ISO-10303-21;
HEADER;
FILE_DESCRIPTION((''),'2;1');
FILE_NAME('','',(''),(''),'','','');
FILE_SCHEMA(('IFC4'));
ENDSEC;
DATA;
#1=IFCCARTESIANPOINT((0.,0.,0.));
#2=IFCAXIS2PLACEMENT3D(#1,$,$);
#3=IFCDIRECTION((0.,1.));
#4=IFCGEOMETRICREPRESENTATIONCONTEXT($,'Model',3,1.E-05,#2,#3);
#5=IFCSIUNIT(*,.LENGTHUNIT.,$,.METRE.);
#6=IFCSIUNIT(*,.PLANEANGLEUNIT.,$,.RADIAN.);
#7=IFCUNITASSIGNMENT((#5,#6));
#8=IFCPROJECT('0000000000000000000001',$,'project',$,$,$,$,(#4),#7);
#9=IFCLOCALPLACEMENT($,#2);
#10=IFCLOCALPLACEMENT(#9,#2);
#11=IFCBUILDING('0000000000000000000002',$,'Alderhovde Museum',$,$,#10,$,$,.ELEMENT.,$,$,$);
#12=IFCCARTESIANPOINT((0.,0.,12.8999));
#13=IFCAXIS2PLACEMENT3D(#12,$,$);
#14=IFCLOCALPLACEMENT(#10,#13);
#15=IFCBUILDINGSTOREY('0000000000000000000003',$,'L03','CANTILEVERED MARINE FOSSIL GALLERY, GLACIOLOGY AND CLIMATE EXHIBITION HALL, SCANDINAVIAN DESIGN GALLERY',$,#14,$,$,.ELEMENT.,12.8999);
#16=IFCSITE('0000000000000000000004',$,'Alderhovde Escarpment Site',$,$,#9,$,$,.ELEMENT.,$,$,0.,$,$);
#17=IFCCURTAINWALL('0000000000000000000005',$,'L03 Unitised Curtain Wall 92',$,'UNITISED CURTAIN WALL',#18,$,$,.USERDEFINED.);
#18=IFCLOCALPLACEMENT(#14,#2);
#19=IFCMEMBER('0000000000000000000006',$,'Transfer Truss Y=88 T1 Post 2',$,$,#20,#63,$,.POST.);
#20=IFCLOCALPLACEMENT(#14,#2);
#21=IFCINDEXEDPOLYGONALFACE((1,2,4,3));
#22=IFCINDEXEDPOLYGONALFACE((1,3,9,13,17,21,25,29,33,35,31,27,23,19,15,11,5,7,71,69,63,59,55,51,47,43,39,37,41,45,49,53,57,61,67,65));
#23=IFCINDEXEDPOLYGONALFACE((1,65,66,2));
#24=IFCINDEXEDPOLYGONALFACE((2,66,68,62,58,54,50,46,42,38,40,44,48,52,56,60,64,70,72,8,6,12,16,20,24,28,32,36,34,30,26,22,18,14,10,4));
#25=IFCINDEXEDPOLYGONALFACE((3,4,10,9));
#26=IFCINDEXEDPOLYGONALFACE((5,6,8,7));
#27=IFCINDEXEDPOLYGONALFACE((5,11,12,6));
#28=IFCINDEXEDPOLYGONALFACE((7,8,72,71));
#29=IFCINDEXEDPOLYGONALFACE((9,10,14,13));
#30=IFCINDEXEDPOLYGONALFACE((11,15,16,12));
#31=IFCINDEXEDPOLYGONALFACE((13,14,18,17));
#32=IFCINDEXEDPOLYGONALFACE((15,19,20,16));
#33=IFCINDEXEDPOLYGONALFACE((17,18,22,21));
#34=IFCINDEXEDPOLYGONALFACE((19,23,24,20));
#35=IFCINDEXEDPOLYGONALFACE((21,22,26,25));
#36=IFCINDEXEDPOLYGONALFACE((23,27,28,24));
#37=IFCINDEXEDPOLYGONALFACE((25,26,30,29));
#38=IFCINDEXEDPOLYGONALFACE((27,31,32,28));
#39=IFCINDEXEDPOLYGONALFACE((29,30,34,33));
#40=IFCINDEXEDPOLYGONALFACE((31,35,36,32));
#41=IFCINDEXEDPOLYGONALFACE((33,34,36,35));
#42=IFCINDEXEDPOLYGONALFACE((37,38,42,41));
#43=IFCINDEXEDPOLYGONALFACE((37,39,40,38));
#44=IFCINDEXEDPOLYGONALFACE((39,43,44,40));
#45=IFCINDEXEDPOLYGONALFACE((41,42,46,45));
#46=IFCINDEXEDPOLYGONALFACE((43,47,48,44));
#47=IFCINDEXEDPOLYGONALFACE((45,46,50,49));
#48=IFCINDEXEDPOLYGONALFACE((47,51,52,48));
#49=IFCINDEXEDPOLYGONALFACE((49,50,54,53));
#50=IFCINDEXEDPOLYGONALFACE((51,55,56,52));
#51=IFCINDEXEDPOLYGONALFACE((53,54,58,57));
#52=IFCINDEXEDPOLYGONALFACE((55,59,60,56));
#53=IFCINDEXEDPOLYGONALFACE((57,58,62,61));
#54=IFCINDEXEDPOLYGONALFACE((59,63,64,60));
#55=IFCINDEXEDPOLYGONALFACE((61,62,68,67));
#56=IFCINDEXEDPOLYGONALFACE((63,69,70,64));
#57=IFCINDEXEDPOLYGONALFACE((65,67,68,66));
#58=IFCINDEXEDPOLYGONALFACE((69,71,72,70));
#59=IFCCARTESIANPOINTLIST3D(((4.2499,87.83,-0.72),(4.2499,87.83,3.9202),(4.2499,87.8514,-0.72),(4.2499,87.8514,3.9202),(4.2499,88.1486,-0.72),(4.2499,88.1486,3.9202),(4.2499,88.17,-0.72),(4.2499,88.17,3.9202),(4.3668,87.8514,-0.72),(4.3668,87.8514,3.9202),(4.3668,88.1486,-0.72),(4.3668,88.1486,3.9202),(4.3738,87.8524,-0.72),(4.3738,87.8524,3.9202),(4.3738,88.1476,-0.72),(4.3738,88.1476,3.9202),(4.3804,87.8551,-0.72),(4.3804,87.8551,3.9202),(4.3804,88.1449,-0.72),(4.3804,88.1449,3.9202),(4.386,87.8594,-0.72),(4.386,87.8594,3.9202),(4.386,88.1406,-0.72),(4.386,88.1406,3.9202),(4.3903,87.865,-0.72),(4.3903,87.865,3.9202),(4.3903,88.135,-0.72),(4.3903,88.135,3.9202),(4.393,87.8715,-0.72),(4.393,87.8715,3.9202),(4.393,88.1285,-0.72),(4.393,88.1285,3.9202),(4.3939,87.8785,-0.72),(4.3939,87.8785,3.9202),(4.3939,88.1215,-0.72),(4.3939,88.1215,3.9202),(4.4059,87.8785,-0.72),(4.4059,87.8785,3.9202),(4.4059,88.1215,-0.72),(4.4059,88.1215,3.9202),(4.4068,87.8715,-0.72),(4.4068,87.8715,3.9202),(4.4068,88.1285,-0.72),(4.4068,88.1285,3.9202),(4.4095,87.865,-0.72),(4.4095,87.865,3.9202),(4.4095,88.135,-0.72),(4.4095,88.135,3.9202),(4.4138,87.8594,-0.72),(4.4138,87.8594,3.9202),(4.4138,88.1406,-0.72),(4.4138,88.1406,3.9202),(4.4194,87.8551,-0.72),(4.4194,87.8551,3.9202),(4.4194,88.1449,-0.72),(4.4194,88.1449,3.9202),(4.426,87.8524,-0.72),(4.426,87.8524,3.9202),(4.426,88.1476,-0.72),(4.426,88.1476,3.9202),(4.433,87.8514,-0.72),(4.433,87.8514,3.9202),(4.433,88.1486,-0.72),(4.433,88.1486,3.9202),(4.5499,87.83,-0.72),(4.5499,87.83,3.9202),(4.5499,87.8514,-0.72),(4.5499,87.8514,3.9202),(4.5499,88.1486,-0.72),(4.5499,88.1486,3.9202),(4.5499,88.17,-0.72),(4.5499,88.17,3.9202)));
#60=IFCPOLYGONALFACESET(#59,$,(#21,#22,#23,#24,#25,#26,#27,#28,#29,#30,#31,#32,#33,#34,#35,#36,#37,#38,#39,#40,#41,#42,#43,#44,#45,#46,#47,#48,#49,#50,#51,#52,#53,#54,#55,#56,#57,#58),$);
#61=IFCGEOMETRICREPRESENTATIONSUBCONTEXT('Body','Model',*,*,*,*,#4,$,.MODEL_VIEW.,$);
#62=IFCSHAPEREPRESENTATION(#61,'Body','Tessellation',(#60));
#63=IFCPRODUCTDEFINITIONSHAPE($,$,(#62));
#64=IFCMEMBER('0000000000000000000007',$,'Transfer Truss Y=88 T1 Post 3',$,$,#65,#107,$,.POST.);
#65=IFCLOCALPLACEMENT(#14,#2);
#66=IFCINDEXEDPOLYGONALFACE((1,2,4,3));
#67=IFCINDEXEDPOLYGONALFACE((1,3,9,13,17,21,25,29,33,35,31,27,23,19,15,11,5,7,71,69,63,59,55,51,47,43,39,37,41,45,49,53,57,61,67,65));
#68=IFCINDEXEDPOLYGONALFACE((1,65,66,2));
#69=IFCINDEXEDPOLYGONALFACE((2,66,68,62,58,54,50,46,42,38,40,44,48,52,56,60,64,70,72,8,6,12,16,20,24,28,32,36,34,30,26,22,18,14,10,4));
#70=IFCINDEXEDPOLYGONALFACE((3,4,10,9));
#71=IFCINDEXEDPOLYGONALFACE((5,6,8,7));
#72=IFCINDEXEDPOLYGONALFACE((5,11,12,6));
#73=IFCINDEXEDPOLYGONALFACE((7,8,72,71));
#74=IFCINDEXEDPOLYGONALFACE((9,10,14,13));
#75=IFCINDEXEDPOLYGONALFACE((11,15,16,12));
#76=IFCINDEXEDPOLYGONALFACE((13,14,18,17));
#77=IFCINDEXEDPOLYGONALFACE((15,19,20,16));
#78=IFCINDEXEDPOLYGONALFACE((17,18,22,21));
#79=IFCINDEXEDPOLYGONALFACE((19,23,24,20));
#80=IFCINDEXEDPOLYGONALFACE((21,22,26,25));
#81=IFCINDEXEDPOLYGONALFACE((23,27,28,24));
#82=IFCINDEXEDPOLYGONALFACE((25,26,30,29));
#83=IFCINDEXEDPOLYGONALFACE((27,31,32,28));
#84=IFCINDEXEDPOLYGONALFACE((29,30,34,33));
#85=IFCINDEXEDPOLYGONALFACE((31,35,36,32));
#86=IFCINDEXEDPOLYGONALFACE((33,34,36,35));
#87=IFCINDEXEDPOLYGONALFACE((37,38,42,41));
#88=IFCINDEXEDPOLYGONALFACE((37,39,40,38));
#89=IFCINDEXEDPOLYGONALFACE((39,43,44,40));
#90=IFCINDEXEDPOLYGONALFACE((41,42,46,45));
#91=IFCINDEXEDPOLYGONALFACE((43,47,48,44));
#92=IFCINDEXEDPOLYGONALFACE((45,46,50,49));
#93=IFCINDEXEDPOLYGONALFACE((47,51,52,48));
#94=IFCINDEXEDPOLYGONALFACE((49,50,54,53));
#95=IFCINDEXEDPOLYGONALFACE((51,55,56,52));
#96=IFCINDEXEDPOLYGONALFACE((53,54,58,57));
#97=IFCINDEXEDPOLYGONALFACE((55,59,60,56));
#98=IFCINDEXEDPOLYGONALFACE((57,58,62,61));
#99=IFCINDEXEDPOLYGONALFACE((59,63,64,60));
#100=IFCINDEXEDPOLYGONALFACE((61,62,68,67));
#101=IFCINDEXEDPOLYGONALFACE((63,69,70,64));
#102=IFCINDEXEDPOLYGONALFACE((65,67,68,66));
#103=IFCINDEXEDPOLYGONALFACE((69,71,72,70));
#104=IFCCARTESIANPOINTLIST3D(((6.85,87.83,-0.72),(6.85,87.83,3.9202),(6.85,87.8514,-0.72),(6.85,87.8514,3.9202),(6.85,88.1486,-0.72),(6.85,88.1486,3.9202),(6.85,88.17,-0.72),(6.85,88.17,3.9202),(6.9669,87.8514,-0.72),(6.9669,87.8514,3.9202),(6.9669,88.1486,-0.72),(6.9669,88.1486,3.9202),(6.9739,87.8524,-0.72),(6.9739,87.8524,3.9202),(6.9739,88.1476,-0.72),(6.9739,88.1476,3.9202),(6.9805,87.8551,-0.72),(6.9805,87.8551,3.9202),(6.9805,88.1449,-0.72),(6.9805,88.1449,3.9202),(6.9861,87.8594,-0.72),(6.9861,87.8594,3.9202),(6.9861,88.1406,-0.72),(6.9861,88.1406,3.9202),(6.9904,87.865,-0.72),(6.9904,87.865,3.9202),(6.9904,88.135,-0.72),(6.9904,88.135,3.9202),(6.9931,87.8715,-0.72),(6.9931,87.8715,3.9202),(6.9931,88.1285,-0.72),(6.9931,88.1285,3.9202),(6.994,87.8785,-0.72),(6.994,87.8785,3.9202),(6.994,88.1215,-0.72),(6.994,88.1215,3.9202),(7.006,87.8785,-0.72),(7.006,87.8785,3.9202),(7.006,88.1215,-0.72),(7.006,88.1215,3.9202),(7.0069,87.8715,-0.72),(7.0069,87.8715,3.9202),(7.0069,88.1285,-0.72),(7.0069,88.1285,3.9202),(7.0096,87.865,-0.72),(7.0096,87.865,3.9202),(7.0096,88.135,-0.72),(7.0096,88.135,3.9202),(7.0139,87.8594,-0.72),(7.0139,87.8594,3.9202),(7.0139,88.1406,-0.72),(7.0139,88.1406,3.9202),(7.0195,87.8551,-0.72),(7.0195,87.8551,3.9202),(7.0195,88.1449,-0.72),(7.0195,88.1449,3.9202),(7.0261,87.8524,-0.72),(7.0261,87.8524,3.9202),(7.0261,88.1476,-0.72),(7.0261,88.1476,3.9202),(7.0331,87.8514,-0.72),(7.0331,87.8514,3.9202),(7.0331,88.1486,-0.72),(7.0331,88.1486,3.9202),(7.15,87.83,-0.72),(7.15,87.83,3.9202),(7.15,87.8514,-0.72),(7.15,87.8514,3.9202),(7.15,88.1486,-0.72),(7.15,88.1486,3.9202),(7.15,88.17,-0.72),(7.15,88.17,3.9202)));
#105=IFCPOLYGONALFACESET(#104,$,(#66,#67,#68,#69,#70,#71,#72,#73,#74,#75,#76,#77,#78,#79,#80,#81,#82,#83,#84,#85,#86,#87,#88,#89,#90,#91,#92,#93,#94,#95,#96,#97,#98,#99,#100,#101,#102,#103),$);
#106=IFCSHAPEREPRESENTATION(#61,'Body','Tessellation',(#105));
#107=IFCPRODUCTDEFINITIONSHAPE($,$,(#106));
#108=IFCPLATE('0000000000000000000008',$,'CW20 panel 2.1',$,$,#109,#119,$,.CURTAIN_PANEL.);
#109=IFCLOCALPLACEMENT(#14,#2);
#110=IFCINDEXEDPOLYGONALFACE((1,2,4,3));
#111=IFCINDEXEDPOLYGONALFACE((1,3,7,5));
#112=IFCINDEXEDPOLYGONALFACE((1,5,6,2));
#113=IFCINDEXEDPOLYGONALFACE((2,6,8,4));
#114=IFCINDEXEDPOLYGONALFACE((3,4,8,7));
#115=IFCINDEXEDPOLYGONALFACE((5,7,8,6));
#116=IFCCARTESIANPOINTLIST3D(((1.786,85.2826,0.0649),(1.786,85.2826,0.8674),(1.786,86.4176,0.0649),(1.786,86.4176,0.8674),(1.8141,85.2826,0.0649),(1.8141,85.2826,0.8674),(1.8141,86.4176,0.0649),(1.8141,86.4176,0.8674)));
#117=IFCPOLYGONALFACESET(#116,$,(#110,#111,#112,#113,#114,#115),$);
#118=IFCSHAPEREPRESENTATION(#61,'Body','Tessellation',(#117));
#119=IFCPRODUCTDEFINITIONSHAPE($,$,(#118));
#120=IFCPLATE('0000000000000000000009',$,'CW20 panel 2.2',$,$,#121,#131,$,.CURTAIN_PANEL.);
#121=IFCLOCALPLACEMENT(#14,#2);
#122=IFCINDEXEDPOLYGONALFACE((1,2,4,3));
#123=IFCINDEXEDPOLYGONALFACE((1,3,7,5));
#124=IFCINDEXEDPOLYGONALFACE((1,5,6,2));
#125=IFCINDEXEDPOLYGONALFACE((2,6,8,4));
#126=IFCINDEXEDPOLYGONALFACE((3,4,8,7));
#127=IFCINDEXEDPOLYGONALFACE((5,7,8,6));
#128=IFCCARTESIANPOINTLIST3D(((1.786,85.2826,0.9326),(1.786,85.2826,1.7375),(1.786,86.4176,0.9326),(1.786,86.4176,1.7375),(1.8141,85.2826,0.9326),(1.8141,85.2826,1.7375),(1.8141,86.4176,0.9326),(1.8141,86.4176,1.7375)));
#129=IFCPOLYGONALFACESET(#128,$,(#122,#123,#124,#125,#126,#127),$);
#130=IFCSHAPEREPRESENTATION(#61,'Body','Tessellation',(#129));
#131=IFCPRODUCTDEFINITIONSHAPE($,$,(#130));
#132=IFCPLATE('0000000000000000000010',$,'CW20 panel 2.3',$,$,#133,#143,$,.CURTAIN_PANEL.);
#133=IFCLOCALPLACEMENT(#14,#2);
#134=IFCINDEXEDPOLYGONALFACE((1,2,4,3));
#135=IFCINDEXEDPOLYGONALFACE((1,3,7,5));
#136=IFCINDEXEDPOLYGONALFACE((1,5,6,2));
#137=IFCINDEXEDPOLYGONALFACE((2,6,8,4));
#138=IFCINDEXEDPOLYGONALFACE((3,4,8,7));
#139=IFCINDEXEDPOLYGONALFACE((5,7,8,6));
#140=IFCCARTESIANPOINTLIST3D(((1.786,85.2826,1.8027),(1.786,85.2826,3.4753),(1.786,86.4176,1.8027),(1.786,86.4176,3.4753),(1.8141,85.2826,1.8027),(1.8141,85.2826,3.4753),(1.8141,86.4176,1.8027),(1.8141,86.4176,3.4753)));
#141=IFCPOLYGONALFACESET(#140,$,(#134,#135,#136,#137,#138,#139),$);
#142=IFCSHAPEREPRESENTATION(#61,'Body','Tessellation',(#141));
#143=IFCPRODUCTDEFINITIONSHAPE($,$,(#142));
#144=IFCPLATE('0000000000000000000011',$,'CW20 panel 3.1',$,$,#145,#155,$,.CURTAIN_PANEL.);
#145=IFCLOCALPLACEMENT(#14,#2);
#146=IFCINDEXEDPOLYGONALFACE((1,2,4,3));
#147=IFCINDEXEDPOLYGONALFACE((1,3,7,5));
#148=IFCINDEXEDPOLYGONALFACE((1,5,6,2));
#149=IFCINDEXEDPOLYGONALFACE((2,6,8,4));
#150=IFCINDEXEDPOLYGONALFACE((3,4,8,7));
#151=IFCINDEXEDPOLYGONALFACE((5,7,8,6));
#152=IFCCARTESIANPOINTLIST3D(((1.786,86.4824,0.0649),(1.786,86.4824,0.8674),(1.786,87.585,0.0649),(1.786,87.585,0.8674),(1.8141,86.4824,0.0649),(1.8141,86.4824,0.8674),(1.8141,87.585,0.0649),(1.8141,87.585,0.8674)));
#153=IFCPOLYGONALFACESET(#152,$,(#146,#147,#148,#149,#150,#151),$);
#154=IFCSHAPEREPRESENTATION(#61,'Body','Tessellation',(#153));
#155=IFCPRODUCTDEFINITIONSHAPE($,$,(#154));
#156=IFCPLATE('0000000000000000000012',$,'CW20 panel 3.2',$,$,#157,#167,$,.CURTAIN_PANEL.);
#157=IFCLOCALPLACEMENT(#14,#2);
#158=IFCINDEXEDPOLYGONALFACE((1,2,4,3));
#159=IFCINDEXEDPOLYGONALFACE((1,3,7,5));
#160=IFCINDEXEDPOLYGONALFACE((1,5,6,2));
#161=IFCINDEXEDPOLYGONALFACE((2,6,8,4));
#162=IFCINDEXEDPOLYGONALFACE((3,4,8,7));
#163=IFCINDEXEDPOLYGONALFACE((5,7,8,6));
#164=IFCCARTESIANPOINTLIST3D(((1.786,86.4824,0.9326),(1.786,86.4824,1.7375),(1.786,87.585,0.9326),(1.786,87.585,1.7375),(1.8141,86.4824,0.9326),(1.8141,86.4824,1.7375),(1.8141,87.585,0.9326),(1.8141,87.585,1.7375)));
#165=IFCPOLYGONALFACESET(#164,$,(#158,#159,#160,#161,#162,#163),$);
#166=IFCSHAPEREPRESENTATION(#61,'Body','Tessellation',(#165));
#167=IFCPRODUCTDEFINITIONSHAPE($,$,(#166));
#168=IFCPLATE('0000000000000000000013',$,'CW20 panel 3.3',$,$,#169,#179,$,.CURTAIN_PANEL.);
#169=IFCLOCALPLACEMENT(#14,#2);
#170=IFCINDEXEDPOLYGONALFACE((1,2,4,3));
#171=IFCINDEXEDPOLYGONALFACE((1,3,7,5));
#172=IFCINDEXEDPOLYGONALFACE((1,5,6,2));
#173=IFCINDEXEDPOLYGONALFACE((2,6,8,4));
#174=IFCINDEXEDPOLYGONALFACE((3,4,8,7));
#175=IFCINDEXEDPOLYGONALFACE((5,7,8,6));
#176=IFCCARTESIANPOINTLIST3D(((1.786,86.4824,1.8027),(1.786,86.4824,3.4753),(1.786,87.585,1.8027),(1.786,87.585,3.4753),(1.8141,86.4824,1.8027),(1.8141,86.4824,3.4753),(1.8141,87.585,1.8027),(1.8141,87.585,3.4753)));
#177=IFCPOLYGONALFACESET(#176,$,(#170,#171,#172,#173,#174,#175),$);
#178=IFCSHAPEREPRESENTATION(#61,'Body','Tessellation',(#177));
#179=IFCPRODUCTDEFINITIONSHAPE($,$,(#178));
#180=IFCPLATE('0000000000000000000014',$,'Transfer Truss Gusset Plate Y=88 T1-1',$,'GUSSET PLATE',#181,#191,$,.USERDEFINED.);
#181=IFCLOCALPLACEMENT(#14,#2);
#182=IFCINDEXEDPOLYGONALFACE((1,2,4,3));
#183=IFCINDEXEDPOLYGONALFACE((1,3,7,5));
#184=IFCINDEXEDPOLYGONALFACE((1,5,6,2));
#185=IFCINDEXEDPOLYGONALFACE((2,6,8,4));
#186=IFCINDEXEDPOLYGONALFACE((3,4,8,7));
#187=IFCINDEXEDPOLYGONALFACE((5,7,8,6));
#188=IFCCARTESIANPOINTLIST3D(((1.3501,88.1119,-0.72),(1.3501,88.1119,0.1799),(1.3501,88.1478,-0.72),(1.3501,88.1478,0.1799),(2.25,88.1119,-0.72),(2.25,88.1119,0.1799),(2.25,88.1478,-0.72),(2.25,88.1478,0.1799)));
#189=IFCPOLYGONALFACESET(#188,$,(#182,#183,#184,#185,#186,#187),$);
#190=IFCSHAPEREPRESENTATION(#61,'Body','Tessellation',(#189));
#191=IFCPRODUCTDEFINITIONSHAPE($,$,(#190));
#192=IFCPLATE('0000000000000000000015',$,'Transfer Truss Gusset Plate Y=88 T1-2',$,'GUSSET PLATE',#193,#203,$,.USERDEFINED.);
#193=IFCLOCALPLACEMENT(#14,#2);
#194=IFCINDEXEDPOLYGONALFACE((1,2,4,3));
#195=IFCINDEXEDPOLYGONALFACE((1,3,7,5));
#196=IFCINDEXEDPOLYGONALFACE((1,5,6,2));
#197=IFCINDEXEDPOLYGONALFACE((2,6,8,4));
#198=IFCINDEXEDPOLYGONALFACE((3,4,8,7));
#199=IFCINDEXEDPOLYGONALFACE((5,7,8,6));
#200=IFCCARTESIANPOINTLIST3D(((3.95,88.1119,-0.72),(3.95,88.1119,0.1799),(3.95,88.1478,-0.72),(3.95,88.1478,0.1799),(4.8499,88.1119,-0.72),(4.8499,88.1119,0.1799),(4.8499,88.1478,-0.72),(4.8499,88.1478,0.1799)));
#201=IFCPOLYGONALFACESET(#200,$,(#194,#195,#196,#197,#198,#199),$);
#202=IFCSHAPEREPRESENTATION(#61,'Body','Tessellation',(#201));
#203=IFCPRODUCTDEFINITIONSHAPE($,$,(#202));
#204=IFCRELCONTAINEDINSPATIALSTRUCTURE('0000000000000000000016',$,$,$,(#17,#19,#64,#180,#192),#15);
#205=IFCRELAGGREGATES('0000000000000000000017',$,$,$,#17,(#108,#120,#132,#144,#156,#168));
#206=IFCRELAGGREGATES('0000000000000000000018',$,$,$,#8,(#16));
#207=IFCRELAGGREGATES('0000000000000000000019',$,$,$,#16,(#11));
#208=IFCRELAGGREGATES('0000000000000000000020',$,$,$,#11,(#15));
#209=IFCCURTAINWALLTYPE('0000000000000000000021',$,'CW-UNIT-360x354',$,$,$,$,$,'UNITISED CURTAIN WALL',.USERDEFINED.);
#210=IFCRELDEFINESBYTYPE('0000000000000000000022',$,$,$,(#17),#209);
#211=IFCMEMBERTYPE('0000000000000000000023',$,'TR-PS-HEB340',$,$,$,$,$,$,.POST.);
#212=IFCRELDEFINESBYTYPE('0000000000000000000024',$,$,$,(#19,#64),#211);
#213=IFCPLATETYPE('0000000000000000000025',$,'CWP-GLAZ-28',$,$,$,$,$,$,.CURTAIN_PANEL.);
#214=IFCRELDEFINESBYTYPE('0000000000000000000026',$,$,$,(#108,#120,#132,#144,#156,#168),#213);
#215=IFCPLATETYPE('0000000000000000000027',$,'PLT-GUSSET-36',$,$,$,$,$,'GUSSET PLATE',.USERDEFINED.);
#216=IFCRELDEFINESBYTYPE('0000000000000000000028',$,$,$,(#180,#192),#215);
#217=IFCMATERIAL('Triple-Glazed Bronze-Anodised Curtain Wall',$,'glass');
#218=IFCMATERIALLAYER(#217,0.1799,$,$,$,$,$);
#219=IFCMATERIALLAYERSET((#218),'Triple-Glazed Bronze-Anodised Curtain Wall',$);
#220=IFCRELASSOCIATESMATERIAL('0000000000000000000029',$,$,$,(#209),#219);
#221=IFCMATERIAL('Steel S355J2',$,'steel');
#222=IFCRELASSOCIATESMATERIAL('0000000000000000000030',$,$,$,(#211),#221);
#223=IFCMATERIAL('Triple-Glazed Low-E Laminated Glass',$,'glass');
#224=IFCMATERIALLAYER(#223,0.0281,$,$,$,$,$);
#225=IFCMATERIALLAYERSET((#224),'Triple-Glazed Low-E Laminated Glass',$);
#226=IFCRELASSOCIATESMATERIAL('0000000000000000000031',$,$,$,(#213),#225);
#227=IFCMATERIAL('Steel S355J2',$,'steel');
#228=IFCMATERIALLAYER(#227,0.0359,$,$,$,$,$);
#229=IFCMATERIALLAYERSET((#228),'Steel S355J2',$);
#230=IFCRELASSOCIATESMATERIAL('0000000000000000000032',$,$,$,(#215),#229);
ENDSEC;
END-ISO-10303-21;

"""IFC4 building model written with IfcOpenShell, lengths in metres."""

from ifc_helpers import new_model, si_unit, direction, frame, origin, origin_2d, place, context, subcontext, project, spatial, rectangle, i_section, extrude, material, layer, layer_set, material_profile, profile_set, type_object, element, aggregate, save


model = new_model("IFC4")

# Units and contexts
model_context = context("Model", 3, precision=1e-05, world=origin(), true_north=direction((0.0, 1.0)))
body_context = subcontext(model_context, "Body", "Model", "MODEL_VIEW")
ifc_project = project(units=[si_unit("LENGTHUNIT", "METRE"), si_unit("PLANEANGLEUNIT", "RADIAN")], contexts=[model_context])

# Site, building, storey
site_placement = place(None, origin())
site = spatial("IfcSite", under=ifc_project, at=site_placement, Name="Alderhovde Escarpment Site", CompositionType="ELEMENT", RefElevation=0.0)
building_placement = place(site_placement, origin())
building = spatial("IfcBuilding", under=site, at=building_placement, Name="Alderhovde Museum", CompositionType="ELEMENT")
storey_placement = place(building_placement, frame((0.0, 0.0, 12.8999)))
storey = spatial("IfcBuildingStorey", under=building, at=storey_placement, Name="L03", Description="CANTILEVERED MARINE FOSSIL GALLERY, GLACIOLOGY AND CLIMATE EXHIBITION HALL, SCANDINAVIAN DESIGN GALLERY", CompositionType="ELEMENT", Elevation=12.8999)

# Curtain wall
ifc_material_1 = material(Name="Triple-Glazed Bronze-Anodised Curtain Wall", Category="glass")
ifc_layer_1 = layer(ifc_material_1, 0.1799)
ifc_layer_set_1 = layer_set([ifc_layer_1], Name="Triple-Glazed Bronze-Anodised Curtain Wall")
curtain_wall_type_1 = type_object("IfcCurtainWallType", Name="CW-UNIT-360x354", ElementType="UNITISED CURTAIN WALL", PredefinedType="USERDEFINED", material=ifc_layer_set_1)
curtain_wall_1_placement = place(storey_placement, origin())
curtain_wall_1 = element("IfcCurtainWall", 1, at=curtain_wall_1_placement, inside=storey, type_object=curtain_wall_type_1, Name="L03 Unitised Curtain Wall 92", ObjectType="UNITISED CURTAIN WALL", PredefinedType="USERDEFINED")

# Members
ifc_material_2 = material(Name="Steel S355J2", Category="steel")
ifc_material_profile_1 = material_profile(ifc_material_2, i_section(OverallWidth=0.3, OverallDepth=0.3401, WebThickness=0.012, FlangeThickness=0.0215, FilletRadius=0.0271, at=origin_2d()), Name="HEB 340")
ifc_profile_set_1 = profile_set([ifc_material_profile_1], Name="Steel S355J2")
member_type_1 = type_object("IfcMemberType", Name="TR-PS-HEB340", PredefinedType="POST", material=ifc_profile_set_1)
for number, where, z_axis, x_axis, name in (
    (2, (4.3999, 88.0, -0.72), (0.0, 0.0, 1.0), (1.0, 0.0, 0.0), "Transfer Truss Y=88 T1 Post 2"),
    (3, (7.0, 88.0, -0.72), (0.0, 0.0, 1.0), (1.0, 0.0, 0.0), "Transfer Truss Y=88 T1 Post 3"),
):
    element("IfcMember", number, at=place(storey_placement, frame(where, z_axis=z_axis, x_axis=x_axis)), inside=storey, type_object=member_type_1, Name=name, PredefinedType="POST", context=body_context, shape_type="SweptSolid", body=[
        extrude(i_section(OverallWidth=0.3, OverallDepth=0.3401, WebThickness=0.012, FlangeThickness=0.0215, FilletRadius=0.0271, at=origin_2d()), origin(), (0.0, 0.0, 1.0), 4.6401),
    ])

# Plates
ifc_material_3 = material(Name="Triple-Glazed Low-E Laminated Glass", Category="glass")
ifc_layer_2 = layer(ifc_material_3, 0.0281)
ifc_layer_set_2 = layer_set([ifc_layer_2], Name="Triple-Glazed Low-E Laminated Glass")
plate_type_1 = type_object("IfcPlateType", Name="CWP-GLAZ-28", PredefinedType="CURTAIN_PANEL", material=ifc_layer_set_2)
plate_1_placement = place(storey_placement, frame((1.8, 85.8501, 0.0649), z_axis=(0.0, 0.0, 1.0), x_axis=(0.0, 1.0, 0.0)))
plate_1 = element("IfcPlate", 4, at=plate_1_placement, type_object=plate_type_1, Name="CW20 panel 2.1", PredefinedType="CURTAIN_PANEL", context=body_context, shape_type="SweptSolid", body=[
    extrude(rectangle(XDim=1.135, YDim=0.0281, at=origin_2d()), origin(), (0.0, 0.0, 1.0), 0.8025),
])
plate_2_placement = place(storey_placement, frame((1.8, 85.8501, 0.9326), z_axis=(0.0, 0.0, 1.0), x_axis=(0.0, 1.0, 0.0)))
plate_2 = element("IfcPlate", 5, at=plate_2_placement, type_object=plate_type_1, Name="CW20 panel 2.2", PredefinedType="CURTAIN_PANEL", context=body_context, shape_type="SweptSolid", body=[
    extrude(rectangle(XDim=1.135, YDim=0.0281, at=origin_2d()), origin(), (0.0, 0.0, 1.0), 0.8049),
])
plate_3_placement = place(storey_placement, frame((1.8, 85.8501, 1.8027), z_axis=(0.0, 0.0, 1.0), x_axis=(0.0, 1.0, 0.0)))
plate_3 = element("IfcPlate", 6, at=plate_3_placement, type_object=plate_type_1, Name="CW20 panel 2.3", PredefinedType="CURTAIN_PANEL", context=body_context, shape_type="SweptSolid", body=[
    extrude(rectangle(XDim=1.135, YDim=0.0281, at=origin_2d()), origin(), (0.0, 0.0, 1.0), 1.6726),
])
plate_4_placement = place(storey_placement, frame((1.8, 87.0337, 0.0649), z_axis=(0.0, 0.0, 1.0), x_axis=(0.0, 1.0, 0.0)))
plate_4 = element("IfcPlate", 7, at=plate_4_placement, type_object=plate_type_1, Name="CW20 panel 3.1", PredefinedType="CURTAIN_PANEL", context=body_context, shape_type="SweptSolid", body=[
    extrude(rectangle(XDim=1.1025, YDim=0.0281, at=origin_2d()), origin(), (0.0, 0.0, 1.0), 0.8025),
])
plate_5_placement = place(storey_placement, frame((1.8, 87.0337, 0.9326), z_axis=(0.0, 0.0, 1.0), x_axis=(0.0, 1.0, 0.0)))
plate_5 = element("IfcPlate", 8, at=plate_5_placement, type_object=plate_type_1, Name="CW20 panel 3.2", PredefinedType="CURTAIN_PANEL", context=body_context, shape_type="SweptSolid", body=[
    extrude(rectangle(XDim=1.1025, YDim=0.0281, at=origin_2d()), origin(), (0.0, 0.0, 1.0), 0.8049),
])
plate_6_placement = place(storey_placement, frame((1.8, 87.0337, 1.8027), z_axis=(0.0, 0.0, 1.0), x_axis=(0.0, 1.0, 0.0)))
plate_6 = element("IfcPlate", 9, at=plate_6_placement, type_object=plate_type_1, Name="CW20 panel 3.3", PredefinedType="CURTAIN_PANEL", context=body_context, shape_type="SweptSolid", body=[
    extrude(rectangle(XDim=1.1025, YDim=0.0281, at=origin_2d()), origin(), (0.0, 0.0, 1.0), 1.6726),
])
aggregate(curtain_wall_1, [plate_1, plate_2, plate_3, plate_4, plate_5, plate_6])

# Plates
ifc_material_4 = material(Name="Steel S355J2", Category="steel")
ifc_layer_3 = layer(ifc_material_4, 0.0359)
ifc_layer_set_3 = layer_set([ifc_layer_3], Name="Steel S355J2")
plate_type_2 = type_object("IfcPlateType", Name="PLT-GUSSET-36", ElementType="GUSSET PLATE", PredefinedType="USERDEFINED", material=ifc_layer_set_3)
for number, where, z_axis, x_axis, name in (
    (10, (1.8, 88.1299, -0.72), (0.0, 0.0, 1.0), (1.0, 0.0, 0.0), "Transfer Truss Gusset Plate Y=88 T1-1"),
    (11, (4.3999, 88.1299, -0.72), (0.0, 0.0, 1.0), (1.0, 0.0, 0.0), "Transfer Truss Gusset Plate Y=88 T1-2"),
):
    element("IfcPlate", number, at=place(storey_placement, frame(where, z_axis=z_axis, x_axis=x_axis)), inside=storey, type_object=plate_type_2, Name=name, ObjectType="GUSSET PLATE", PredefinedType="USERDEFINED", context=body_context, shape_type="SweptSolid", body=[
        extrude(rectangle(XDim=0.8999, YDim=0.0359, at=origin_2d()), origin(), (0.0, 0.0, 1.0), 0.8999),
    ])

save(model, "model.ifc")
